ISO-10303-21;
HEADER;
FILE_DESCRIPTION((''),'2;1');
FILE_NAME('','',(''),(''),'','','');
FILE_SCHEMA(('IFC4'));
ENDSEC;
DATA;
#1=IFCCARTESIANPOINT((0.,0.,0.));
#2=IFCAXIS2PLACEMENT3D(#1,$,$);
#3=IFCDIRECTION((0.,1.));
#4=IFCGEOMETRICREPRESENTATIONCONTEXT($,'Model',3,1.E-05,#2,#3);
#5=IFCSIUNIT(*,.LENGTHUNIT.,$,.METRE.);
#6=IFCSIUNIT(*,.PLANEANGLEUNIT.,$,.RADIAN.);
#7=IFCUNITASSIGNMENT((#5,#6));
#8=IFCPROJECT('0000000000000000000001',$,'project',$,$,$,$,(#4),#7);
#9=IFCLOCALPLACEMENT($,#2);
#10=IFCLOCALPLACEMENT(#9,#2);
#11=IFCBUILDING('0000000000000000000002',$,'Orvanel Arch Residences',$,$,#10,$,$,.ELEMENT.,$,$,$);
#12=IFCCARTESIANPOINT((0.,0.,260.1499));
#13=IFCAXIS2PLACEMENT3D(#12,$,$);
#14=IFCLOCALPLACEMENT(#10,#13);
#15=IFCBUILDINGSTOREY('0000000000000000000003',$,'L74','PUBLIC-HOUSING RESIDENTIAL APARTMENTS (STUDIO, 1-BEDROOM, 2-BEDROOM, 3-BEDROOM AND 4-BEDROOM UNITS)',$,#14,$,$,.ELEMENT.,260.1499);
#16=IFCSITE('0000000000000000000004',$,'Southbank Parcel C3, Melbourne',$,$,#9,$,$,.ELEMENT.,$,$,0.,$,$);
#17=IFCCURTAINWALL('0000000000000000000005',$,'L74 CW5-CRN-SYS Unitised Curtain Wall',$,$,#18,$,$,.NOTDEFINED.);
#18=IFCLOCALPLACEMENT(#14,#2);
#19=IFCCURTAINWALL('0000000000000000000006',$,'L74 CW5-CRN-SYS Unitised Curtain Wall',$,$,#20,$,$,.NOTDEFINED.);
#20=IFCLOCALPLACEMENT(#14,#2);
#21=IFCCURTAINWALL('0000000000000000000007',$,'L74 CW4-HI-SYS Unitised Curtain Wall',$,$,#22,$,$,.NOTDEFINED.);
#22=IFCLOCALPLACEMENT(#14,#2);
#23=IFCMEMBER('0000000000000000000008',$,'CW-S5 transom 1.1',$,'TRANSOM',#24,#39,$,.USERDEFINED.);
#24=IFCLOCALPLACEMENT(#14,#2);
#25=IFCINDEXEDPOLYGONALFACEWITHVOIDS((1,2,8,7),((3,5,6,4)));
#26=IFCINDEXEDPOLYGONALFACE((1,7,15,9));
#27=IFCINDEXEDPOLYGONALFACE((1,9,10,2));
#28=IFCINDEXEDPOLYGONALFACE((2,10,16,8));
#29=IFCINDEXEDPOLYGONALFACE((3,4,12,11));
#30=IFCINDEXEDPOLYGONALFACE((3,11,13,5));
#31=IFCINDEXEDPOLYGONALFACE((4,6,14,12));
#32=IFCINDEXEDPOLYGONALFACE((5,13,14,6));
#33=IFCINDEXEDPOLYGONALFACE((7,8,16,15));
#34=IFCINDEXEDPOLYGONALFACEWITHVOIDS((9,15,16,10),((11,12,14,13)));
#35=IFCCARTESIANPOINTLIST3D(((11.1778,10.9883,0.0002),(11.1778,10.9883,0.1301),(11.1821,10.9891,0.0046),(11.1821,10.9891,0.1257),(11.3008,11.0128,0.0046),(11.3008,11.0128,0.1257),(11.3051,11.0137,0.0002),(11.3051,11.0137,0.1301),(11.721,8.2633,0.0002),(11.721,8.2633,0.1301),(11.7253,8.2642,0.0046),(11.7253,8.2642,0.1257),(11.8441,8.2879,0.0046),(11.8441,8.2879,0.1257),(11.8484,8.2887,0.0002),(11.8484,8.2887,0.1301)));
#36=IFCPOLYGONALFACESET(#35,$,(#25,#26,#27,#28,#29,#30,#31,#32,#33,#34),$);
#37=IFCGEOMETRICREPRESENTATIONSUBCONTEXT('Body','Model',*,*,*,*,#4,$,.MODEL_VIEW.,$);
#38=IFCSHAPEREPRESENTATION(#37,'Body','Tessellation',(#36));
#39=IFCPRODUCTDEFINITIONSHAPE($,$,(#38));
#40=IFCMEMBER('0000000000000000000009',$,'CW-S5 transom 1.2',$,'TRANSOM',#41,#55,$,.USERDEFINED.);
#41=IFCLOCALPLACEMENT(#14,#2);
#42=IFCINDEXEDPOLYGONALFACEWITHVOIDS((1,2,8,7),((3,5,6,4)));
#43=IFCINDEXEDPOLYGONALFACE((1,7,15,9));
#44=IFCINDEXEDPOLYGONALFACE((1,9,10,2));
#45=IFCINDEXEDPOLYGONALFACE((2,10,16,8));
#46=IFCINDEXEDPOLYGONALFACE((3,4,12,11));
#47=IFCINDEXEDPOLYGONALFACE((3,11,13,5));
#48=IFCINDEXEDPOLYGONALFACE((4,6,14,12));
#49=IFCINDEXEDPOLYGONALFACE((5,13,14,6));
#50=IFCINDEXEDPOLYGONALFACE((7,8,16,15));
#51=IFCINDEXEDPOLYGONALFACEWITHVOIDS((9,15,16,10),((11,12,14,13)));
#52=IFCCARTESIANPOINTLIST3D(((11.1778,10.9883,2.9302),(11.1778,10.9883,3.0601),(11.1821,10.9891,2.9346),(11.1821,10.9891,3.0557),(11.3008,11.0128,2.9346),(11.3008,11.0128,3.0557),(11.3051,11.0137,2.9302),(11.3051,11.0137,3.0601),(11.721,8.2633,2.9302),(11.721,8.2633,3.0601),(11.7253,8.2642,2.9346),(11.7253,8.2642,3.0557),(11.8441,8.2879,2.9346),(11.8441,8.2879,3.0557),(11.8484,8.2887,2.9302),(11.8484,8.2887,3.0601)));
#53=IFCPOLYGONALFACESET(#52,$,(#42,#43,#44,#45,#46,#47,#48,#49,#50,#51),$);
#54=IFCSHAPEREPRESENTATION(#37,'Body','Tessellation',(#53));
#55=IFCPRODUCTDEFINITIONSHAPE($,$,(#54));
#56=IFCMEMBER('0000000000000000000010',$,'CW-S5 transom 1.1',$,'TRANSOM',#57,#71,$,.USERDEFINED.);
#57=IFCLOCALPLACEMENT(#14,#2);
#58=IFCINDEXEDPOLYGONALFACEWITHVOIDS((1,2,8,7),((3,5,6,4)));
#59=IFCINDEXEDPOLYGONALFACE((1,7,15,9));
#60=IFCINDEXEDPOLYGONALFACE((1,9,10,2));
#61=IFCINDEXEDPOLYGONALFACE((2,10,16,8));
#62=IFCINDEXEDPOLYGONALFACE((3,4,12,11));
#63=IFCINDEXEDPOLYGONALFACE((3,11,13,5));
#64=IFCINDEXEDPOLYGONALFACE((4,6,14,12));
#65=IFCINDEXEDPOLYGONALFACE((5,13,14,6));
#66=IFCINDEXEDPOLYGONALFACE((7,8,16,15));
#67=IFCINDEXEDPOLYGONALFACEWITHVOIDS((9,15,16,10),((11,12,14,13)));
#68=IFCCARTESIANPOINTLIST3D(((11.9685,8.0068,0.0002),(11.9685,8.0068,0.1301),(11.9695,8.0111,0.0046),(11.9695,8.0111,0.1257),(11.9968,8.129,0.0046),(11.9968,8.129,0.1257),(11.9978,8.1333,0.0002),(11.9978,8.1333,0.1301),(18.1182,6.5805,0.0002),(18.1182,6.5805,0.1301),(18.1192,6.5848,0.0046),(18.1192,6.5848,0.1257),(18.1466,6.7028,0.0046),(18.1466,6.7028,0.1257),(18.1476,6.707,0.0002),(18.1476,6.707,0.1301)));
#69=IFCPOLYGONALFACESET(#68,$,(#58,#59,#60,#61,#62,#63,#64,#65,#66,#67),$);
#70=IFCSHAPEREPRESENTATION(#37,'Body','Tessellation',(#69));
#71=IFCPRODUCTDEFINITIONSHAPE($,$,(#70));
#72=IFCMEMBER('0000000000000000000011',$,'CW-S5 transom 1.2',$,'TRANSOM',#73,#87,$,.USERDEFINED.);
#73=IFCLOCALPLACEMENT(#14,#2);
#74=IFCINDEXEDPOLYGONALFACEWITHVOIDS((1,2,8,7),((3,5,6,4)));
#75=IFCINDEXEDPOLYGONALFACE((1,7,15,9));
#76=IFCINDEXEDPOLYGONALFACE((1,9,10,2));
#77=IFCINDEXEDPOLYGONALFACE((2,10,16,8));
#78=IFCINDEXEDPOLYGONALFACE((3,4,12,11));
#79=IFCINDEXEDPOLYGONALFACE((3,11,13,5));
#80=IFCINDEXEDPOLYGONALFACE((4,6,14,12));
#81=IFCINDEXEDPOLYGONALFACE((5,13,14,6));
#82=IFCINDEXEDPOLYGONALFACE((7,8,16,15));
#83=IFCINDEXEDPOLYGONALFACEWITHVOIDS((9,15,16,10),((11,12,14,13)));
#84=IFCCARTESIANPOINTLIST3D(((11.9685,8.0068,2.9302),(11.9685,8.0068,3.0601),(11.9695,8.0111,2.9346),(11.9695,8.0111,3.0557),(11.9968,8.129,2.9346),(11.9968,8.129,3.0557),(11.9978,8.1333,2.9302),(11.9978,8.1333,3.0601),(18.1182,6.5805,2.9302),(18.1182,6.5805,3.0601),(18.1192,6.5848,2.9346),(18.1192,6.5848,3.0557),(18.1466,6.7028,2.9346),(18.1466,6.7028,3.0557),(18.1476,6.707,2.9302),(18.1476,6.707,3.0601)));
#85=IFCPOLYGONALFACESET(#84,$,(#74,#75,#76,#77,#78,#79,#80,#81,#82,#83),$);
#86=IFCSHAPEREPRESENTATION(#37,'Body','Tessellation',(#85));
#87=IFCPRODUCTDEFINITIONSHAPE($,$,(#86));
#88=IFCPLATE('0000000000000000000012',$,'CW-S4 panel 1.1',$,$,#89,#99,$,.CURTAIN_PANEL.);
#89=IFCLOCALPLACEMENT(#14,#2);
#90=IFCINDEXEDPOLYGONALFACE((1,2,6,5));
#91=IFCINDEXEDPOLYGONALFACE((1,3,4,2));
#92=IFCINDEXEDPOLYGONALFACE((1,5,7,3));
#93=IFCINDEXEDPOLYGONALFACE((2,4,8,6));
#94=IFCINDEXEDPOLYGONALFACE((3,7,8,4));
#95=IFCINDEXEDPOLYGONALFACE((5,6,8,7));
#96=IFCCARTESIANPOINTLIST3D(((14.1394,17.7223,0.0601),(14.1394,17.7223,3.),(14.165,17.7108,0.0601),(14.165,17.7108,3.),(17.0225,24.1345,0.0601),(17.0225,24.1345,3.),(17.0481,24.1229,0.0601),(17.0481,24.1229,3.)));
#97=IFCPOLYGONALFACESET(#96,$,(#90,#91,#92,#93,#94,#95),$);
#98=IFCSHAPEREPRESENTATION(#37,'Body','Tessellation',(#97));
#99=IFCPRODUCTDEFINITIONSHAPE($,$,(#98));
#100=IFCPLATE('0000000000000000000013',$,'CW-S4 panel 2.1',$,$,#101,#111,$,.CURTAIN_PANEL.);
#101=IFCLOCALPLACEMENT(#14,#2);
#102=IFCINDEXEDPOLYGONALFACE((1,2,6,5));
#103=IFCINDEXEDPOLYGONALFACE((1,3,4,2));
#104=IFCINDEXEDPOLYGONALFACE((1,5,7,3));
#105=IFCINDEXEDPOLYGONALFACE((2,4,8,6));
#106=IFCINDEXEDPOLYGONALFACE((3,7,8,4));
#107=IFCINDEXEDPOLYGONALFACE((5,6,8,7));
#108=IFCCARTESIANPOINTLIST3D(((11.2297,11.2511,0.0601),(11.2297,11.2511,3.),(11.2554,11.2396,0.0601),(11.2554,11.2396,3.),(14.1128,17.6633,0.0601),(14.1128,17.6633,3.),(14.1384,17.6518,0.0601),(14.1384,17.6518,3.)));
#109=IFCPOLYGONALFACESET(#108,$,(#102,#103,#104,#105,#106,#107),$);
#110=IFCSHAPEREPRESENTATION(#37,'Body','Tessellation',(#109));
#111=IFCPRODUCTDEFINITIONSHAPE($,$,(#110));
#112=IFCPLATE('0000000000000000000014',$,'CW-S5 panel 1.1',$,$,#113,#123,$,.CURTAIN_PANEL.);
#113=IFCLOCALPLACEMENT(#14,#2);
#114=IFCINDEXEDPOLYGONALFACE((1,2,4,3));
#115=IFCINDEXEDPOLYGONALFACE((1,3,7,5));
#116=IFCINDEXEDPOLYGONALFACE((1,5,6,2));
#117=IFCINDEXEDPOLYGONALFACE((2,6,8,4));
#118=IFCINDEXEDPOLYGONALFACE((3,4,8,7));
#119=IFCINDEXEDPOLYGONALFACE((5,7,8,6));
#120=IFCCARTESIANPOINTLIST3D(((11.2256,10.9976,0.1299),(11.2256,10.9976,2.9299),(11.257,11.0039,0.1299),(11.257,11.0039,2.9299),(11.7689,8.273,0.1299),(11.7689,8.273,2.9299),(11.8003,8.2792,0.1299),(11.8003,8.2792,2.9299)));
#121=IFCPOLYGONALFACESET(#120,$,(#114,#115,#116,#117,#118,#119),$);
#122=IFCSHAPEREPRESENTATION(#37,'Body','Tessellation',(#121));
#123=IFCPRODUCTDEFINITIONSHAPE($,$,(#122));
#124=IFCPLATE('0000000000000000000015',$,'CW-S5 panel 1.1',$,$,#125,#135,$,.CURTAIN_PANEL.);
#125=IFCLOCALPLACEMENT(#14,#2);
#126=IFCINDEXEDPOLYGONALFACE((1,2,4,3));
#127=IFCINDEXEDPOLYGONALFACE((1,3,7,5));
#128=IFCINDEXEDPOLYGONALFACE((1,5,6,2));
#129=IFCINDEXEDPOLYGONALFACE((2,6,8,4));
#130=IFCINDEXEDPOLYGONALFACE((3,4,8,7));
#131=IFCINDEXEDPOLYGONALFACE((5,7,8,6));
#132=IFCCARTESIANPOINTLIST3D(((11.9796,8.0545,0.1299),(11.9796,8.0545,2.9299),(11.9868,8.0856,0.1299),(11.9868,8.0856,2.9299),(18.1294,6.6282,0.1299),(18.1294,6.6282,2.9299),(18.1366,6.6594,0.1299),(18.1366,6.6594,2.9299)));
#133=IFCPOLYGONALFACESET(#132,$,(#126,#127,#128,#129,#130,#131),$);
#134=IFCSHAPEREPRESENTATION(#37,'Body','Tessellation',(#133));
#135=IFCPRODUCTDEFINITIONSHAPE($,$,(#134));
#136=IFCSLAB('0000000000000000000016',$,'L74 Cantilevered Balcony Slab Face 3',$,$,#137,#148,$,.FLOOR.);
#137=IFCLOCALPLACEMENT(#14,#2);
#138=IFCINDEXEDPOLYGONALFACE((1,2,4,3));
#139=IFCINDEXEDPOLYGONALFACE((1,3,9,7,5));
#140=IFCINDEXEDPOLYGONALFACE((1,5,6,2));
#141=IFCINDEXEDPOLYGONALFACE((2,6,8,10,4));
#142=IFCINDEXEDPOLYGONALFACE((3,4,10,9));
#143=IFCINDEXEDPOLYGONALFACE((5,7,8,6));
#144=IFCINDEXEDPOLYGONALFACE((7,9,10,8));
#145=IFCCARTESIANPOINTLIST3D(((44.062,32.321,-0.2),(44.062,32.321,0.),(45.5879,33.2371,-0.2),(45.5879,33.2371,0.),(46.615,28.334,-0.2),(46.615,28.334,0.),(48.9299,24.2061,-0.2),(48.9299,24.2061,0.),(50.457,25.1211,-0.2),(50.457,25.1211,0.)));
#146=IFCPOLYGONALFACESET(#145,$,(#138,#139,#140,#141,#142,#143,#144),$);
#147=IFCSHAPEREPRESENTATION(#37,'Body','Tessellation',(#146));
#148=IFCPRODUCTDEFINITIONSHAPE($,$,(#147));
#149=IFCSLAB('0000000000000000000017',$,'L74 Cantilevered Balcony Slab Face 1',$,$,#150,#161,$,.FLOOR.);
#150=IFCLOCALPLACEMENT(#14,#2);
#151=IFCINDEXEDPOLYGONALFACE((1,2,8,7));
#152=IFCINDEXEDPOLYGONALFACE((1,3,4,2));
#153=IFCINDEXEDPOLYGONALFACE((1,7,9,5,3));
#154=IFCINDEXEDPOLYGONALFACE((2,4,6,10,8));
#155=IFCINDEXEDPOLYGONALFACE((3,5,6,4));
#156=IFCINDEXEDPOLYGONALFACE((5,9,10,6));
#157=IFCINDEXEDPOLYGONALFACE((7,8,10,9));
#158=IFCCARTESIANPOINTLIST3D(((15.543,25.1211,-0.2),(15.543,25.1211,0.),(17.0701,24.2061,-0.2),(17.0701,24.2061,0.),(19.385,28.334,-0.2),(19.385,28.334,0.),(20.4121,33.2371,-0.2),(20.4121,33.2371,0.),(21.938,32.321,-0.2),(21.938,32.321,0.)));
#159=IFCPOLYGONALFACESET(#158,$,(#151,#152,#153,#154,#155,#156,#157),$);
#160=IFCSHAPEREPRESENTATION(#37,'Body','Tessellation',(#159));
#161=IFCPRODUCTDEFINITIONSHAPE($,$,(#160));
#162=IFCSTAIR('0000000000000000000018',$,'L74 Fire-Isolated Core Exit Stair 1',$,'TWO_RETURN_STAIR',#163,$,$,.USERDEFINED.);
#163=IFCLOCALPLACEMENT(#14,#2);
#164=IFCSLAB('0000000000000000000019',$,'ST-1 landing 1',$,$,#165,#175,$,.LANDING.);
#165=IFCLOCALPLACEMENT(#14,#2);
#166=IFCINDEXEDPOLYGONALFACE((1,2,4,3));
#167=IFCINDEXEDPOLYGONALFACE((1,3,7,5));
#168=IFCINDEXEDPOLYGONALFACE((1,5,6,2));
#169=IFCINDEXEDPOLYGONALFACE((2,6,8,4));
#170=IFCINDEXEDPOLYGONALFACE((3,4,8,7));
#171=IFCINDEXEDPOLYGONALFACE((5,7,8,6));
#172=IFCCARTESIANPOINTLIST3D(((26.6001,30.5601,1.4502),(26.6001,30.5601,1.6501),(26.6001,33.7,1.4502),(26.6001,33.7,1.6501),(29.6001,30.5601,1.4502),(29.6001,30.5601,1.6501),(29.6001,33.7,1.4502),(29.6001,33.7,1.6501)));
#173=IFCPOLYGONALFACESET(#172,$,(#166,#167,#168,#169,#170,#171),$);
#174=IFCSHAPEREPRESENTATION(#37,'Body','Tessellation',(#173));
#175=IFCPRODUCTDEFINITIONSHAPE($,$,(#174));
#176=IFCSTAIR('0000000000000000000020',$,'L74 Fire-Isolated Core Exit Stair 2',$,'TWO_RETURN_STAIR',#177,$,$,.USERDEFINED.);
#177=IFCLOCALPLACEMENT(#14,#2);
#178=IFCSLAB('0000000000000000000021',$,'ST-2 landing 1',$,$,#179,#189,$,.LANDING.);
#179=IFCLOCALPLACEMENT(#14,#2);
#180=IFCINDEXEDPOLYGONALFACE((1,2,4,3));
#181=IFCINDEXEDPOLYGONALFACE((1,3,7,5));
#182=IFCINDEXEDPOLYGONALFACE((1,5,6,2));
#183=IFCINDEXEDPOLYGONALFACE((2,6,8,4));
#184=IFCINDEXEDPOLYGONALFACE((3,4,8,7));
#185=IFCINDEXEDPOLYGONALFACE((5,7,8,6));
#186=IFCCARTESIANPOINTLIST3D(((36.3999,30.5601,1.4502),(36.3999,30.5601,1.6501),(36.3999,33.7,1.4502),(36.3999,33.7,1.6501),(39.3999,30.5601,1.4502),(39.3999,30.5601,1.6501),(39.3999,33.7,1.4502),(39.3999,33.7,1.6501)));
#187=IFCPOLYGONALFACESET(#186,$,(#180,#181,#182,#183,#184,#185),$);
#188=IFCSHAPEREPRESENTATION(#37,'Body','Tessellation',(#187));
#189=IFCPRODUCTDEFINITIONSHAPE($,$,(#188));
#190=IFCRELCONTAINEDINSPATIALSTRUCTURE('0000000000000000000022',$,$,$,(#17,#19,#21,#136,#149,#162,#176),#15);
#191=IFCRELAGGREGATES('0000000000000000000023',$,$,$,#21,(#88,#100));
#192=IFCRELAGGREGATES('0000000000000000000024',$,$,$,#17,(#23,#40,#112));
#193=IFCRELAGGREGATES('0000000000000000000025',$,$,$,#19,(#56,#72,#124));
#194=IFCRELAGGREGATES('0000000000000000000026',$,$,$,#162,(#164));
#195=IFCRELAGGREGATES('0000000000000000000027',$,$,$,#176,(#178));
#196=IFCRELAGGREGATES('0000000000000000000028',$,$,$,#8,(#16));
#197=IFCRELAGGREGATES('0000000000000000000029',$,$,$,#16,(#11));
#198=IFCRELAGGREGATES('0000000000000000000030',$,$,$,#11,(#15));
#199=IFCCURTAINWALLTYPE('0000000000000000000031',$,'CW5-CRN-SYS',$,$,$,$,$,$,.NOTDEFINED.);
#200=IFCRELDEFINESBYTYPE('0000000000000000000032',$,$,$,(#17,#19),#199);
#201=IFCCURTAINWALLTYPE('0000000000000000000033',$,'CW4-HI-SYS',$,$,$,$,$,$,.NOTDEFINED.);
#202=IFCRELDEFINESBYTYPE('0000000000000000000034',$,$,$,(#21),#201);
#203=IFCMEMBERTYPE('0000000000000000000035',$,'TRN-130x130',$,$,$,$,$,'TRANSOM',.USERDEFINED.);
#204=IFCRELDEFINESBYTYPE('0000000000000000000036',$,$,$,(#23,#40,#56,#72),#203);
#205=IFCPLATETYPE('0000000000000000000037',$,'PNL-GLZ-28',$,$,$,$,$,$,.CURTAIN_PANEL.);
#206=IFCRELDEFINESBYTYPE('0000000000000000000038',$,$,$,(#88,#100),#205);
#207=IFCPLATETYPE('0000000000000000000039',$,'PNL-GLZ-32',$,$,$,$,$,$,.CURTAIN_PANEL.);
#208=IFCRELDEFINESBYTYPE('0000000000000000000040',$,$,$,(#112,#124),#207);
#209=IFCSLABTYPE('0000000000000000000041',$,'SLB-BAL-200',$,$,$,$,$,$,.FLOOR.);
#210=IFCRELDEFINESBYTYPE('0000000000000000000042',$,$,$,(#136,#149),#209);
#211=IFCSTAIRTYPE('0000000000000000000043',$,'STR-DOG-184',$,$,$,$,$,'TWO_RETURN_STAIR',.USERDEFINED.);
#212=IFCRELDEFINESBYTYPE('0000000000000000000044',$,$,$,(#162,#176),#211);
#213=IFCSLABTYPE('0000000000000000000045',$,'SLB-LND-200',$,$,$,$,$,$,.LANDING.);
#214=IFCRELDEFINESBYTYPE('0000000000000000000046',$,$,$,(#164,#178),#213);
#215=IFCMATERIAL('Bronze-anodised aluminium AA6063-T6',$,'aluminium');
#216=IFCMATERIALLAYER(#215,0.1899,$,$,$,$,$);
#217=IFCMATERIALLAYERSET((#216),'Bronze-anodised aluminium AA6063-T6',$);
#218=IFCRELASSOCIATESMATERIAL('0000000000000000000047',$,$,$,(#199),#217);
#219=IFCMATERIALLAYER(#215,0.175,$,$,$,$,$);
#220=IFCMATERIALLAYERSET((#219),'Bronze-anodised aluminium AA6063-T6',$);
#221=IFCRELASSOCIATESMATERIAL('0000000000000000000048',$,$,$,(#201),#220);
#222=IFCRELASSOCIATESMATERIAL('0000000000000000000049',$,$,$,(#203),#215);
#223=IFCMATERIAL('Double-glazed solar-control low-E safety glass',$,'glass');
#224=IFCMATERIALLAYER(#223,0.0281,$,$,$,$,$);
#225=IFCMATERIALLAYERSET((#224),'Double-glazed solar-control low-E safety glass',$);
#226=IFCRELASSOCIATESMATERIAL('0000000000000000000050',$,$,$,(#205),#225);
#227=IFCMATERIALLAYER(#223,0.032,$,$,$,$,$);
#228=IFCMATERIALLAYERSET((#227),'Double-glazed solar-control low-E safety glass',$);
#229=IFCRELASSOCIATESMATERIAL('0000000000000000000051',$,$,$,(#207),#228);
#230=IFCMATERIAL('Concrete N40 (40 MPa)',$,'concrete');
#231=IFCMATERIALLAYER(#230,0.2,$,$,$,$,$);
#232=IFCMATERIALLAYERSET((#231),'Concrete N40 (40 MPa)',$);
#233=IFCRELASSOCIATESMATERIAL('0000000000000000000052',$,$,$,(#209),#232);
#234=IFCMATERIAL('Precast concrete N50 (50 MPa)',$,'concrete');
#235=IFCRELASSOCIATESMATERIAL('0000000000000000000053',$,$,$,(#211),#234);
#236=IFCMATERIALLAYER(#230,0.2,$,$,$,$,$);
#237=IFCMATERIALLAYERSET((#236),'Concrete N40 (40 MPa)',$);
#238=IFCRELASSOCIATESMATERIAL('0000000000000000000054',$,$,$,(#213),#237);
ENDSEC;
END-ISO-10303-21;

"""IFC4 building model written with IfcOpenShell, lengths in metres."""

from ifc_helpers import new_model, si_unit, direction, frame, origin, origin_2d, place, context, subcontext, project, spatial, polyline, rectangle, hollow_rectangle, outline, extrude, material, layer, layer_set, material_profile, profile_set, type_object, element, aggregate, save


model = new_model("IFC4")

# Units and contexts
model_context = context("Model", 3, precision=1e-05, world=origin(), true_north=direction((0.0, 1.0)))
body_context = subcontext(model_context, "Body", "Model", "MODEL_VIEW")
ifc_project = project(units=[si_unit("LENGTHUNIT", "METRE"), si_unit("PLANEANGLEUNIT", "RADIAN")], contexts=[model_context])

# Site, building, storey
site_placement = place(None, origin())
site = spatial("IfcSite", under=ifc_project, at=site_placement, Name="Southbank Parcel C3, Melbourne", CompositionType="ELEMENT", RefElevation=0.0)
building_placement = place(site_placement, origin())
building = spatial("IfcBuilding", under=site, at=building_placement, Name="Orvanel Arch Residences", CompositionType="ELEMENT")
storey_placement = place(building_placement, frame((0.0, 0.0, 260.1499)))
storey = spatial("IfcBuildingStorey", under=building, at=storey_placement, Name="L74", Description="PUBLIC-HOUSING RESIDENTIAL APARTMENTS (STUDIO, 1-BEDROOM, 2-BEDROOM, 3-BEDROOM AND 4-BEDROOM UNITS)", CompositionType="ELEMENT", Elevation=260.1499)

# Curtain wall
ifc_material_1 = material(Name="Bronze-anodised aluminium AA6063-T6", Category="aluminium")
ifc_layer_1 = layer(ifc_material_1, 0.1899)
ifc_layer_set_1 = layer_set([ifc_layer_1], Name="Bronze-anodised aluminium AA6063-T6")
curtain_wall_type_1 = type_object("IfcCurtainWallType", Name="CW5-CRN-SYS", PredefinedType="NOTDEFINED", material=ifc_layer_set_1)
curtain_wall_1_placement = place(storey_placement, origin())
curtain_wall_1 = element("IfcCurtainWall", 1, at=curtain_wall_1_placement, inside=storey, type_object=curtain_wall_type_1, Name="L74 CW5-CRN-SYS Unitised Curtain Wall", PredefinedType="NOTDEFINED")

# Curtain wall
curtain_wall_2_placement = place(storey_placement, origin())
curtain_wall_2 = element("IfcCurtainWall", 2, at=curtain_wall_2_placement, inside=storey, type_object=curtain_wall_type_1, Name="L74 CW5-CRN-SYS Unitised Curtain Wall", PredefinedType="NOTDEFINED")

# Curtain wall
ifc_layer_2 = layer(ifc_material_1, 0.175)
ifc_layer_set_2 = layer_set([ifc_layer_2], Name="Bronze-anodised aluminium AA6063-T6")
curtain_wall_type_2 = type_object("IfcCurtainWallType", Name="CW4-HI-SYS", PredefinedType="NOTDEFINED", material=ifc_layer_set_2)
curtain_wall_3_placement = place(storey_placement, origin())
curtain_wall_3 = element("IfcCurtainWall", 3, at=curtain_wall_3_placement, inside=storey, type_object=curtain_wall_type_2, Name="L74 CW4-HI-SYS Unitised Curtain Wall", PredefinedType="NOTDEFINED")

# Members
ifc_material_profile_1 = material_profile(ifc_material_1, hollow_rectangle(XDim=0.1299, YDim=0.1299, WallThickness=0.0044, at=origin_2d()), Name="ALU130x130x4.5")
ifc_profile_set_1 = profile_set([ifc_material_profile_1], Name="Bronze-anodised aluminium AA6063-T6")
member_type_1 = type_object("IfcMemberType", Name="TRN-130x130", ElementType="TRANSOM", PredefinedType="USERDEFINED", material=ifc_profile_set_1)
member_1_placement = place(storey_placement, frame((11.2415, 11.001, 0.0652), z_axis=(0.195508, -0.980702, 0.0), x_axis=(0.980702, 0.195508, 0.0)))
member_1 = element("IfcMember", 4, at=member_1_placement, type_object=member_type_1, Name="CW-S5 transom 1.1", ObjectType="TRANSOM", PredefinedType="USERDEFINED", context=body_context, shape_type="SweptSolid", body=[
    extrude(hollow_rectangle(XDim=0.1299, YDim=0.1299, WallThickness=0.0044, at=origin_2d()), origin(), (0.0, 0.0, 1.0), 2.7786),
])
member_2_placement = place(storey_placement, frame((11.2415, 11.001, 2.9951), z_axis=(0.195508, -0.980702, 0.0), x_axis=(0.980702, 0.195508, 0.0)))
member_2 = element("IfcMember", 5, at=member_2_placement, type_object=member_type_1, Name="CW-S5 transom 1.2", ObjectType="TRANSOM", PredefinedType="USERDEFINED", context=body_context, shape_type="SweptSolid", body=[
    extrude(hollow_rectangle(XDim=0.1299, YDim=0.1299, WallThickness=0.0044, at=origin_2d()), origin(), (0.0, 0.0, 1.0), 2.7786),
])
member_3_placement = place(storey_placement, frame((11.9832, 8.0701, 0.0652), z_axis=(0.974144, -0.22593, 0.0), x_axis=(0.22593, 0.974144, 0.0)))
member_3 = element("IfcMember", 6, at=member_3_placement, type_object=member_type_1, Name="CW-S5 transom 1.1", ObjectType="TRANSOM", PredefinedType="USERDEFINED", context=body_context, shape_type="SweptSolid", body=[
    extrude(hollow_rectangle(XDim=0.1299, YDim=0.1299, WallThickness=0.0044, at=origin_2d()), origin(), (0.0, 0.0, 1.0), 6.313),
])
member_4_placement = place(storey_placement, frame((11.9832, 8.0701, 2.9951), z_axis=(0.974144, -0.22593, 0.0), x_axis=(0.22593, 0.974144, 0.0)))
member_4 = element("IfcMember", 7, at=member_4_placement, type_object=member_type_1, Name="CW-S5 transom 1.2", ObjectType="TRANSOM", PredefinedType="USERDEFINED", context=body_context, shape_type="SweptSolid", body=[
    extrude(hollow_rectangle(XDim=0.1299, YDim=0.1299, WallThickness=0.0044, at=origin_2d()), origin(), (0.0, 0.0, 1.0), 6.313),
])

# Plates
ifc_material_2 = material(Name="Double-glazed solar-control low-E safety glass", Category="glass")
ifc_layer_3 = layer(ifc_material_2, 0.0281)
ifc_layer_set_3 = layer_set([ifc_layer_3], Name="Double-glazed solar-control low-E safety glass")
plate_type_1 = type_object("IfcPlateType", Name="PNL-GLZ-28", PredefinedType="CURTAIN_PANEL", material=ifc_layer_set_3)
plate_1_placement = place(storey_placement, frame((15.5938, 20.9226, 0.0601), z_axis=(0.0, 0.0, 1.0), x_axis=(-0.410079, -0.91205, 0.0)))
plate_1 = element("IfcPlate", 8, at=plate_1_placement, type_object=plate_type_1, Name="CW-S4 panel 1.1", PredefinedType="CURTAIN_PANEL", context=body_context, shape_type="SweptSolid", body=[
    extrude(rectangle(XDim=7.0305, YDim=0.0281, at=origin_2d()), origin(), (0.0, 0.0, 1.0), 2.9399),
])
plate_2_placement = place(storey_placement, frame((12.6841, 14.4514, 0.0601), z_axis=(0.0, 0.0, 1.0), x_axis=(-0.410079, -0.91205, 0.0)))
plate_2 = element("IfcPlate", 9, at=plate_2_placement, type_object=plate_type_1, Name="CW-S4 panel 2.1", PredefinedType="CURTAIN_PANEL", context=body_context, shape_type="SweptSolid", body=[
    extrude(rectangle(XDim=7.0305, YDim=0.0281, at=origin_2d()), origin(), (0.0, 0.0, 1.0), 2.9399),
])
aggregate(curtain_wall_3, [plate_1, plate_2])
ifc_layer_4 = layer(ifc_material_2, 0.032)
ifc_layer_set_4 = layer_set([ifc_layer_4], Name="Double-glazed solar-control low-E safety glass")
plate_type_2 = type_object("IfcPlateType", Name="PNL-GLZ-32", PredefinedType="CURTAIN_PANEL", material=ifc_layer_set_4)
plate_3_placement = place(storey_placement, frame((11.5129, 9.6384, 0.1299), z_axis=(0.0, 0.0, 1.0), x_axis=(0.195554, -0.980693, 0.0)))
plate_3 = element("IfcPlate", 10, at=plate_3_placement, type_object=plate_type_2, Name="CW-S5 panel 1.1", PredefinedType="CURTAIN_PANEL", context=body_context, shape_type="SweptSolid", body=[
    extrude(rectangle(XDim=2.7783, YDim=0.032, at=origin_2d()), origin(), (0.0, 0.0, 1.0), 2.8),
])
aggregate(curtain_wall_1, [member_1, member_2, plate_3])
plate_4_placement = place(storey_placement, frame((15.0581, 7.3569, 0.1299), z_axis=(0.0, 0.0, 1.0), x_axis=(0.974146, -0.22592, 0.0)))
plate_4 = element("IfcPlate", 11, at=plate_4_placement, type_object=plate_type_2, Name="CW-S5 panel 1.1", PredefinedType="CURTAIN_PANEL", context=body_context, shape_type="SweptSolid", body=[
    extrude(rectangle(XDim=6.313, YDim=0.032, at=origin_2d()), origin(), (0.0, 0.0, 1.0), 2.8),
])
aggregate(curtain_wall_2, [member_3, member_4, plate_4])

# Slabs
ifc_material_3 = material(Name="Concrete N40 (40 MPa)", Category="concrete")
ifc_layer_5 = layer(ifc_material_3, 0.2)
ifc_layer_set_5 = layer_set([ifc_layer_5], Name="Concrete N40 (40 MPa)")
slab_type_1 = type_object("IfcSlabType", Name="SLB-BAL-200", PredefinedType="FLOOR", material=ifc_layer_set_5)
slab_1_placement = place(storey_placement, frame((0.0, 0.0, -0.2)))
element("IfcSlab", 12, at=slab_1_placement, inside=storey, type_object=slab_type_1, Name="L74 Cantilevered Balcony Slab Face 3", PredefinedType="FLOOR", context=body_context, shape_type="SweptSolid", body=[
    extrude(outline(polyline([(50.457, 25.1211), (45.5879, 33.2371), (44.062, 32.321), (46.615, 28.334), (48.9299, 24.2061), (50.457, 25.1211)])), origin(), (0.0, 0.0, 1.0), 0.2),
])
slab_2_placement = place(storey_placement, frame((0.0, 0.0, -0.2)))
element("IfcSlab", 13, at=slab_2_placement, inside=storey, type_object=slab_type_1, Name="L74 Cantilevered Balcony Slab Face 1", PredefinedType="FLOOR", context=body_context, shape_type="SweptSolid", body=[
    extrude(outline(polyline([(20.4121, 33.2371), (15.543, 25.1211), (17.0701, 24.2061), (19.385, 28.334), (21.938, 32.321), (20.4121, 33.2371)])), origin(), (0.0, 0.0, 1.0), 0.2),
])

# Stairs, slabs
ifc_material_4 = material(Name="Precast concrete N50 (50 MPa)", Category="concrete")
stair_type = type_object("IfcStairType", Name="STR-DOG-184", ElementType="TWO_RETURN_STAIR", PredefinedType="USERDEFINED", material=ifc_material_4)
stair_1_placement = place(storey_placement, origin())
stair_1 = element("IfcStair", 14, at=stair_1_placement, inside=storey, type_object=stair_type, Name="L74 Fire-Isolated Core Exit Stair 1", ObjectType="TWO_RETURN_STAIR", PredefinedType="USERDEFINED")
ifc_layer_6 = layer(ifc_material_3, 0.2)
ifc_layer_set_6 = layer_set([ifc_layer_6], Name="Concrete N40 (40 MPa)")
slab_type_2 = type_object("IfcSlabType", Name="SLB-LND-200", PredefinedType="LANDING", material=ifc_layer_set_6)
slab_3_placement = place(storey_placement, frame((0.0, 0.0, 1.4502)))
slab_3 = element("IfcSlab", 15, at=slab_3_placement, type_object=slab_type_2, Name="ST-1 landing 1", PredefinedType="LANDING", context=body_context, shape_type="SweptSolid", body=[
    extrude(outline(polyline([(29.6001, 30.5601), (29.6001, 33.7), (26.6001, 33.7), (26.6001, 30.5601), (29.6001, 30.5601)])), origin(), (0.0, 0.0, 1.0), 0.2),
])
aggregate(stair_1, [slab_3])
stair_2_placement = place(storey_placement, origin())
stair_2 = element("IfcStair", 16, at=stair_2_placement, inside=storey, type_object=stair_type, Name="L74 Fire-Isolated Core Exit Stair 2", ObjectType="TWO_RETURN_STAIR", PredefinedType="USERDEFINED")
slab_4_placement = place(storey_placement, frame((0.0, 0.0, 1.4502)))
slab_4 = element("IfcSlab", 17, at=slab_4_placement, type_object=slab_type_2, Name="ST-2 landing 1", PredefinedType="LANDING", context=body_context, shape_type="SweptSolid", body=[
    extrude(outline(polyline([(39.3999, 30.5601), (39.3999, 33.7), (36.3999, 33.7), (36.3999, 30.5601), (39.3999, 30.5601)])), origin(), (0.0, 0.0, 1.0), 0.2),
])
aggregate(stair_2, [slab_4])

save(model, "model.ifc")
